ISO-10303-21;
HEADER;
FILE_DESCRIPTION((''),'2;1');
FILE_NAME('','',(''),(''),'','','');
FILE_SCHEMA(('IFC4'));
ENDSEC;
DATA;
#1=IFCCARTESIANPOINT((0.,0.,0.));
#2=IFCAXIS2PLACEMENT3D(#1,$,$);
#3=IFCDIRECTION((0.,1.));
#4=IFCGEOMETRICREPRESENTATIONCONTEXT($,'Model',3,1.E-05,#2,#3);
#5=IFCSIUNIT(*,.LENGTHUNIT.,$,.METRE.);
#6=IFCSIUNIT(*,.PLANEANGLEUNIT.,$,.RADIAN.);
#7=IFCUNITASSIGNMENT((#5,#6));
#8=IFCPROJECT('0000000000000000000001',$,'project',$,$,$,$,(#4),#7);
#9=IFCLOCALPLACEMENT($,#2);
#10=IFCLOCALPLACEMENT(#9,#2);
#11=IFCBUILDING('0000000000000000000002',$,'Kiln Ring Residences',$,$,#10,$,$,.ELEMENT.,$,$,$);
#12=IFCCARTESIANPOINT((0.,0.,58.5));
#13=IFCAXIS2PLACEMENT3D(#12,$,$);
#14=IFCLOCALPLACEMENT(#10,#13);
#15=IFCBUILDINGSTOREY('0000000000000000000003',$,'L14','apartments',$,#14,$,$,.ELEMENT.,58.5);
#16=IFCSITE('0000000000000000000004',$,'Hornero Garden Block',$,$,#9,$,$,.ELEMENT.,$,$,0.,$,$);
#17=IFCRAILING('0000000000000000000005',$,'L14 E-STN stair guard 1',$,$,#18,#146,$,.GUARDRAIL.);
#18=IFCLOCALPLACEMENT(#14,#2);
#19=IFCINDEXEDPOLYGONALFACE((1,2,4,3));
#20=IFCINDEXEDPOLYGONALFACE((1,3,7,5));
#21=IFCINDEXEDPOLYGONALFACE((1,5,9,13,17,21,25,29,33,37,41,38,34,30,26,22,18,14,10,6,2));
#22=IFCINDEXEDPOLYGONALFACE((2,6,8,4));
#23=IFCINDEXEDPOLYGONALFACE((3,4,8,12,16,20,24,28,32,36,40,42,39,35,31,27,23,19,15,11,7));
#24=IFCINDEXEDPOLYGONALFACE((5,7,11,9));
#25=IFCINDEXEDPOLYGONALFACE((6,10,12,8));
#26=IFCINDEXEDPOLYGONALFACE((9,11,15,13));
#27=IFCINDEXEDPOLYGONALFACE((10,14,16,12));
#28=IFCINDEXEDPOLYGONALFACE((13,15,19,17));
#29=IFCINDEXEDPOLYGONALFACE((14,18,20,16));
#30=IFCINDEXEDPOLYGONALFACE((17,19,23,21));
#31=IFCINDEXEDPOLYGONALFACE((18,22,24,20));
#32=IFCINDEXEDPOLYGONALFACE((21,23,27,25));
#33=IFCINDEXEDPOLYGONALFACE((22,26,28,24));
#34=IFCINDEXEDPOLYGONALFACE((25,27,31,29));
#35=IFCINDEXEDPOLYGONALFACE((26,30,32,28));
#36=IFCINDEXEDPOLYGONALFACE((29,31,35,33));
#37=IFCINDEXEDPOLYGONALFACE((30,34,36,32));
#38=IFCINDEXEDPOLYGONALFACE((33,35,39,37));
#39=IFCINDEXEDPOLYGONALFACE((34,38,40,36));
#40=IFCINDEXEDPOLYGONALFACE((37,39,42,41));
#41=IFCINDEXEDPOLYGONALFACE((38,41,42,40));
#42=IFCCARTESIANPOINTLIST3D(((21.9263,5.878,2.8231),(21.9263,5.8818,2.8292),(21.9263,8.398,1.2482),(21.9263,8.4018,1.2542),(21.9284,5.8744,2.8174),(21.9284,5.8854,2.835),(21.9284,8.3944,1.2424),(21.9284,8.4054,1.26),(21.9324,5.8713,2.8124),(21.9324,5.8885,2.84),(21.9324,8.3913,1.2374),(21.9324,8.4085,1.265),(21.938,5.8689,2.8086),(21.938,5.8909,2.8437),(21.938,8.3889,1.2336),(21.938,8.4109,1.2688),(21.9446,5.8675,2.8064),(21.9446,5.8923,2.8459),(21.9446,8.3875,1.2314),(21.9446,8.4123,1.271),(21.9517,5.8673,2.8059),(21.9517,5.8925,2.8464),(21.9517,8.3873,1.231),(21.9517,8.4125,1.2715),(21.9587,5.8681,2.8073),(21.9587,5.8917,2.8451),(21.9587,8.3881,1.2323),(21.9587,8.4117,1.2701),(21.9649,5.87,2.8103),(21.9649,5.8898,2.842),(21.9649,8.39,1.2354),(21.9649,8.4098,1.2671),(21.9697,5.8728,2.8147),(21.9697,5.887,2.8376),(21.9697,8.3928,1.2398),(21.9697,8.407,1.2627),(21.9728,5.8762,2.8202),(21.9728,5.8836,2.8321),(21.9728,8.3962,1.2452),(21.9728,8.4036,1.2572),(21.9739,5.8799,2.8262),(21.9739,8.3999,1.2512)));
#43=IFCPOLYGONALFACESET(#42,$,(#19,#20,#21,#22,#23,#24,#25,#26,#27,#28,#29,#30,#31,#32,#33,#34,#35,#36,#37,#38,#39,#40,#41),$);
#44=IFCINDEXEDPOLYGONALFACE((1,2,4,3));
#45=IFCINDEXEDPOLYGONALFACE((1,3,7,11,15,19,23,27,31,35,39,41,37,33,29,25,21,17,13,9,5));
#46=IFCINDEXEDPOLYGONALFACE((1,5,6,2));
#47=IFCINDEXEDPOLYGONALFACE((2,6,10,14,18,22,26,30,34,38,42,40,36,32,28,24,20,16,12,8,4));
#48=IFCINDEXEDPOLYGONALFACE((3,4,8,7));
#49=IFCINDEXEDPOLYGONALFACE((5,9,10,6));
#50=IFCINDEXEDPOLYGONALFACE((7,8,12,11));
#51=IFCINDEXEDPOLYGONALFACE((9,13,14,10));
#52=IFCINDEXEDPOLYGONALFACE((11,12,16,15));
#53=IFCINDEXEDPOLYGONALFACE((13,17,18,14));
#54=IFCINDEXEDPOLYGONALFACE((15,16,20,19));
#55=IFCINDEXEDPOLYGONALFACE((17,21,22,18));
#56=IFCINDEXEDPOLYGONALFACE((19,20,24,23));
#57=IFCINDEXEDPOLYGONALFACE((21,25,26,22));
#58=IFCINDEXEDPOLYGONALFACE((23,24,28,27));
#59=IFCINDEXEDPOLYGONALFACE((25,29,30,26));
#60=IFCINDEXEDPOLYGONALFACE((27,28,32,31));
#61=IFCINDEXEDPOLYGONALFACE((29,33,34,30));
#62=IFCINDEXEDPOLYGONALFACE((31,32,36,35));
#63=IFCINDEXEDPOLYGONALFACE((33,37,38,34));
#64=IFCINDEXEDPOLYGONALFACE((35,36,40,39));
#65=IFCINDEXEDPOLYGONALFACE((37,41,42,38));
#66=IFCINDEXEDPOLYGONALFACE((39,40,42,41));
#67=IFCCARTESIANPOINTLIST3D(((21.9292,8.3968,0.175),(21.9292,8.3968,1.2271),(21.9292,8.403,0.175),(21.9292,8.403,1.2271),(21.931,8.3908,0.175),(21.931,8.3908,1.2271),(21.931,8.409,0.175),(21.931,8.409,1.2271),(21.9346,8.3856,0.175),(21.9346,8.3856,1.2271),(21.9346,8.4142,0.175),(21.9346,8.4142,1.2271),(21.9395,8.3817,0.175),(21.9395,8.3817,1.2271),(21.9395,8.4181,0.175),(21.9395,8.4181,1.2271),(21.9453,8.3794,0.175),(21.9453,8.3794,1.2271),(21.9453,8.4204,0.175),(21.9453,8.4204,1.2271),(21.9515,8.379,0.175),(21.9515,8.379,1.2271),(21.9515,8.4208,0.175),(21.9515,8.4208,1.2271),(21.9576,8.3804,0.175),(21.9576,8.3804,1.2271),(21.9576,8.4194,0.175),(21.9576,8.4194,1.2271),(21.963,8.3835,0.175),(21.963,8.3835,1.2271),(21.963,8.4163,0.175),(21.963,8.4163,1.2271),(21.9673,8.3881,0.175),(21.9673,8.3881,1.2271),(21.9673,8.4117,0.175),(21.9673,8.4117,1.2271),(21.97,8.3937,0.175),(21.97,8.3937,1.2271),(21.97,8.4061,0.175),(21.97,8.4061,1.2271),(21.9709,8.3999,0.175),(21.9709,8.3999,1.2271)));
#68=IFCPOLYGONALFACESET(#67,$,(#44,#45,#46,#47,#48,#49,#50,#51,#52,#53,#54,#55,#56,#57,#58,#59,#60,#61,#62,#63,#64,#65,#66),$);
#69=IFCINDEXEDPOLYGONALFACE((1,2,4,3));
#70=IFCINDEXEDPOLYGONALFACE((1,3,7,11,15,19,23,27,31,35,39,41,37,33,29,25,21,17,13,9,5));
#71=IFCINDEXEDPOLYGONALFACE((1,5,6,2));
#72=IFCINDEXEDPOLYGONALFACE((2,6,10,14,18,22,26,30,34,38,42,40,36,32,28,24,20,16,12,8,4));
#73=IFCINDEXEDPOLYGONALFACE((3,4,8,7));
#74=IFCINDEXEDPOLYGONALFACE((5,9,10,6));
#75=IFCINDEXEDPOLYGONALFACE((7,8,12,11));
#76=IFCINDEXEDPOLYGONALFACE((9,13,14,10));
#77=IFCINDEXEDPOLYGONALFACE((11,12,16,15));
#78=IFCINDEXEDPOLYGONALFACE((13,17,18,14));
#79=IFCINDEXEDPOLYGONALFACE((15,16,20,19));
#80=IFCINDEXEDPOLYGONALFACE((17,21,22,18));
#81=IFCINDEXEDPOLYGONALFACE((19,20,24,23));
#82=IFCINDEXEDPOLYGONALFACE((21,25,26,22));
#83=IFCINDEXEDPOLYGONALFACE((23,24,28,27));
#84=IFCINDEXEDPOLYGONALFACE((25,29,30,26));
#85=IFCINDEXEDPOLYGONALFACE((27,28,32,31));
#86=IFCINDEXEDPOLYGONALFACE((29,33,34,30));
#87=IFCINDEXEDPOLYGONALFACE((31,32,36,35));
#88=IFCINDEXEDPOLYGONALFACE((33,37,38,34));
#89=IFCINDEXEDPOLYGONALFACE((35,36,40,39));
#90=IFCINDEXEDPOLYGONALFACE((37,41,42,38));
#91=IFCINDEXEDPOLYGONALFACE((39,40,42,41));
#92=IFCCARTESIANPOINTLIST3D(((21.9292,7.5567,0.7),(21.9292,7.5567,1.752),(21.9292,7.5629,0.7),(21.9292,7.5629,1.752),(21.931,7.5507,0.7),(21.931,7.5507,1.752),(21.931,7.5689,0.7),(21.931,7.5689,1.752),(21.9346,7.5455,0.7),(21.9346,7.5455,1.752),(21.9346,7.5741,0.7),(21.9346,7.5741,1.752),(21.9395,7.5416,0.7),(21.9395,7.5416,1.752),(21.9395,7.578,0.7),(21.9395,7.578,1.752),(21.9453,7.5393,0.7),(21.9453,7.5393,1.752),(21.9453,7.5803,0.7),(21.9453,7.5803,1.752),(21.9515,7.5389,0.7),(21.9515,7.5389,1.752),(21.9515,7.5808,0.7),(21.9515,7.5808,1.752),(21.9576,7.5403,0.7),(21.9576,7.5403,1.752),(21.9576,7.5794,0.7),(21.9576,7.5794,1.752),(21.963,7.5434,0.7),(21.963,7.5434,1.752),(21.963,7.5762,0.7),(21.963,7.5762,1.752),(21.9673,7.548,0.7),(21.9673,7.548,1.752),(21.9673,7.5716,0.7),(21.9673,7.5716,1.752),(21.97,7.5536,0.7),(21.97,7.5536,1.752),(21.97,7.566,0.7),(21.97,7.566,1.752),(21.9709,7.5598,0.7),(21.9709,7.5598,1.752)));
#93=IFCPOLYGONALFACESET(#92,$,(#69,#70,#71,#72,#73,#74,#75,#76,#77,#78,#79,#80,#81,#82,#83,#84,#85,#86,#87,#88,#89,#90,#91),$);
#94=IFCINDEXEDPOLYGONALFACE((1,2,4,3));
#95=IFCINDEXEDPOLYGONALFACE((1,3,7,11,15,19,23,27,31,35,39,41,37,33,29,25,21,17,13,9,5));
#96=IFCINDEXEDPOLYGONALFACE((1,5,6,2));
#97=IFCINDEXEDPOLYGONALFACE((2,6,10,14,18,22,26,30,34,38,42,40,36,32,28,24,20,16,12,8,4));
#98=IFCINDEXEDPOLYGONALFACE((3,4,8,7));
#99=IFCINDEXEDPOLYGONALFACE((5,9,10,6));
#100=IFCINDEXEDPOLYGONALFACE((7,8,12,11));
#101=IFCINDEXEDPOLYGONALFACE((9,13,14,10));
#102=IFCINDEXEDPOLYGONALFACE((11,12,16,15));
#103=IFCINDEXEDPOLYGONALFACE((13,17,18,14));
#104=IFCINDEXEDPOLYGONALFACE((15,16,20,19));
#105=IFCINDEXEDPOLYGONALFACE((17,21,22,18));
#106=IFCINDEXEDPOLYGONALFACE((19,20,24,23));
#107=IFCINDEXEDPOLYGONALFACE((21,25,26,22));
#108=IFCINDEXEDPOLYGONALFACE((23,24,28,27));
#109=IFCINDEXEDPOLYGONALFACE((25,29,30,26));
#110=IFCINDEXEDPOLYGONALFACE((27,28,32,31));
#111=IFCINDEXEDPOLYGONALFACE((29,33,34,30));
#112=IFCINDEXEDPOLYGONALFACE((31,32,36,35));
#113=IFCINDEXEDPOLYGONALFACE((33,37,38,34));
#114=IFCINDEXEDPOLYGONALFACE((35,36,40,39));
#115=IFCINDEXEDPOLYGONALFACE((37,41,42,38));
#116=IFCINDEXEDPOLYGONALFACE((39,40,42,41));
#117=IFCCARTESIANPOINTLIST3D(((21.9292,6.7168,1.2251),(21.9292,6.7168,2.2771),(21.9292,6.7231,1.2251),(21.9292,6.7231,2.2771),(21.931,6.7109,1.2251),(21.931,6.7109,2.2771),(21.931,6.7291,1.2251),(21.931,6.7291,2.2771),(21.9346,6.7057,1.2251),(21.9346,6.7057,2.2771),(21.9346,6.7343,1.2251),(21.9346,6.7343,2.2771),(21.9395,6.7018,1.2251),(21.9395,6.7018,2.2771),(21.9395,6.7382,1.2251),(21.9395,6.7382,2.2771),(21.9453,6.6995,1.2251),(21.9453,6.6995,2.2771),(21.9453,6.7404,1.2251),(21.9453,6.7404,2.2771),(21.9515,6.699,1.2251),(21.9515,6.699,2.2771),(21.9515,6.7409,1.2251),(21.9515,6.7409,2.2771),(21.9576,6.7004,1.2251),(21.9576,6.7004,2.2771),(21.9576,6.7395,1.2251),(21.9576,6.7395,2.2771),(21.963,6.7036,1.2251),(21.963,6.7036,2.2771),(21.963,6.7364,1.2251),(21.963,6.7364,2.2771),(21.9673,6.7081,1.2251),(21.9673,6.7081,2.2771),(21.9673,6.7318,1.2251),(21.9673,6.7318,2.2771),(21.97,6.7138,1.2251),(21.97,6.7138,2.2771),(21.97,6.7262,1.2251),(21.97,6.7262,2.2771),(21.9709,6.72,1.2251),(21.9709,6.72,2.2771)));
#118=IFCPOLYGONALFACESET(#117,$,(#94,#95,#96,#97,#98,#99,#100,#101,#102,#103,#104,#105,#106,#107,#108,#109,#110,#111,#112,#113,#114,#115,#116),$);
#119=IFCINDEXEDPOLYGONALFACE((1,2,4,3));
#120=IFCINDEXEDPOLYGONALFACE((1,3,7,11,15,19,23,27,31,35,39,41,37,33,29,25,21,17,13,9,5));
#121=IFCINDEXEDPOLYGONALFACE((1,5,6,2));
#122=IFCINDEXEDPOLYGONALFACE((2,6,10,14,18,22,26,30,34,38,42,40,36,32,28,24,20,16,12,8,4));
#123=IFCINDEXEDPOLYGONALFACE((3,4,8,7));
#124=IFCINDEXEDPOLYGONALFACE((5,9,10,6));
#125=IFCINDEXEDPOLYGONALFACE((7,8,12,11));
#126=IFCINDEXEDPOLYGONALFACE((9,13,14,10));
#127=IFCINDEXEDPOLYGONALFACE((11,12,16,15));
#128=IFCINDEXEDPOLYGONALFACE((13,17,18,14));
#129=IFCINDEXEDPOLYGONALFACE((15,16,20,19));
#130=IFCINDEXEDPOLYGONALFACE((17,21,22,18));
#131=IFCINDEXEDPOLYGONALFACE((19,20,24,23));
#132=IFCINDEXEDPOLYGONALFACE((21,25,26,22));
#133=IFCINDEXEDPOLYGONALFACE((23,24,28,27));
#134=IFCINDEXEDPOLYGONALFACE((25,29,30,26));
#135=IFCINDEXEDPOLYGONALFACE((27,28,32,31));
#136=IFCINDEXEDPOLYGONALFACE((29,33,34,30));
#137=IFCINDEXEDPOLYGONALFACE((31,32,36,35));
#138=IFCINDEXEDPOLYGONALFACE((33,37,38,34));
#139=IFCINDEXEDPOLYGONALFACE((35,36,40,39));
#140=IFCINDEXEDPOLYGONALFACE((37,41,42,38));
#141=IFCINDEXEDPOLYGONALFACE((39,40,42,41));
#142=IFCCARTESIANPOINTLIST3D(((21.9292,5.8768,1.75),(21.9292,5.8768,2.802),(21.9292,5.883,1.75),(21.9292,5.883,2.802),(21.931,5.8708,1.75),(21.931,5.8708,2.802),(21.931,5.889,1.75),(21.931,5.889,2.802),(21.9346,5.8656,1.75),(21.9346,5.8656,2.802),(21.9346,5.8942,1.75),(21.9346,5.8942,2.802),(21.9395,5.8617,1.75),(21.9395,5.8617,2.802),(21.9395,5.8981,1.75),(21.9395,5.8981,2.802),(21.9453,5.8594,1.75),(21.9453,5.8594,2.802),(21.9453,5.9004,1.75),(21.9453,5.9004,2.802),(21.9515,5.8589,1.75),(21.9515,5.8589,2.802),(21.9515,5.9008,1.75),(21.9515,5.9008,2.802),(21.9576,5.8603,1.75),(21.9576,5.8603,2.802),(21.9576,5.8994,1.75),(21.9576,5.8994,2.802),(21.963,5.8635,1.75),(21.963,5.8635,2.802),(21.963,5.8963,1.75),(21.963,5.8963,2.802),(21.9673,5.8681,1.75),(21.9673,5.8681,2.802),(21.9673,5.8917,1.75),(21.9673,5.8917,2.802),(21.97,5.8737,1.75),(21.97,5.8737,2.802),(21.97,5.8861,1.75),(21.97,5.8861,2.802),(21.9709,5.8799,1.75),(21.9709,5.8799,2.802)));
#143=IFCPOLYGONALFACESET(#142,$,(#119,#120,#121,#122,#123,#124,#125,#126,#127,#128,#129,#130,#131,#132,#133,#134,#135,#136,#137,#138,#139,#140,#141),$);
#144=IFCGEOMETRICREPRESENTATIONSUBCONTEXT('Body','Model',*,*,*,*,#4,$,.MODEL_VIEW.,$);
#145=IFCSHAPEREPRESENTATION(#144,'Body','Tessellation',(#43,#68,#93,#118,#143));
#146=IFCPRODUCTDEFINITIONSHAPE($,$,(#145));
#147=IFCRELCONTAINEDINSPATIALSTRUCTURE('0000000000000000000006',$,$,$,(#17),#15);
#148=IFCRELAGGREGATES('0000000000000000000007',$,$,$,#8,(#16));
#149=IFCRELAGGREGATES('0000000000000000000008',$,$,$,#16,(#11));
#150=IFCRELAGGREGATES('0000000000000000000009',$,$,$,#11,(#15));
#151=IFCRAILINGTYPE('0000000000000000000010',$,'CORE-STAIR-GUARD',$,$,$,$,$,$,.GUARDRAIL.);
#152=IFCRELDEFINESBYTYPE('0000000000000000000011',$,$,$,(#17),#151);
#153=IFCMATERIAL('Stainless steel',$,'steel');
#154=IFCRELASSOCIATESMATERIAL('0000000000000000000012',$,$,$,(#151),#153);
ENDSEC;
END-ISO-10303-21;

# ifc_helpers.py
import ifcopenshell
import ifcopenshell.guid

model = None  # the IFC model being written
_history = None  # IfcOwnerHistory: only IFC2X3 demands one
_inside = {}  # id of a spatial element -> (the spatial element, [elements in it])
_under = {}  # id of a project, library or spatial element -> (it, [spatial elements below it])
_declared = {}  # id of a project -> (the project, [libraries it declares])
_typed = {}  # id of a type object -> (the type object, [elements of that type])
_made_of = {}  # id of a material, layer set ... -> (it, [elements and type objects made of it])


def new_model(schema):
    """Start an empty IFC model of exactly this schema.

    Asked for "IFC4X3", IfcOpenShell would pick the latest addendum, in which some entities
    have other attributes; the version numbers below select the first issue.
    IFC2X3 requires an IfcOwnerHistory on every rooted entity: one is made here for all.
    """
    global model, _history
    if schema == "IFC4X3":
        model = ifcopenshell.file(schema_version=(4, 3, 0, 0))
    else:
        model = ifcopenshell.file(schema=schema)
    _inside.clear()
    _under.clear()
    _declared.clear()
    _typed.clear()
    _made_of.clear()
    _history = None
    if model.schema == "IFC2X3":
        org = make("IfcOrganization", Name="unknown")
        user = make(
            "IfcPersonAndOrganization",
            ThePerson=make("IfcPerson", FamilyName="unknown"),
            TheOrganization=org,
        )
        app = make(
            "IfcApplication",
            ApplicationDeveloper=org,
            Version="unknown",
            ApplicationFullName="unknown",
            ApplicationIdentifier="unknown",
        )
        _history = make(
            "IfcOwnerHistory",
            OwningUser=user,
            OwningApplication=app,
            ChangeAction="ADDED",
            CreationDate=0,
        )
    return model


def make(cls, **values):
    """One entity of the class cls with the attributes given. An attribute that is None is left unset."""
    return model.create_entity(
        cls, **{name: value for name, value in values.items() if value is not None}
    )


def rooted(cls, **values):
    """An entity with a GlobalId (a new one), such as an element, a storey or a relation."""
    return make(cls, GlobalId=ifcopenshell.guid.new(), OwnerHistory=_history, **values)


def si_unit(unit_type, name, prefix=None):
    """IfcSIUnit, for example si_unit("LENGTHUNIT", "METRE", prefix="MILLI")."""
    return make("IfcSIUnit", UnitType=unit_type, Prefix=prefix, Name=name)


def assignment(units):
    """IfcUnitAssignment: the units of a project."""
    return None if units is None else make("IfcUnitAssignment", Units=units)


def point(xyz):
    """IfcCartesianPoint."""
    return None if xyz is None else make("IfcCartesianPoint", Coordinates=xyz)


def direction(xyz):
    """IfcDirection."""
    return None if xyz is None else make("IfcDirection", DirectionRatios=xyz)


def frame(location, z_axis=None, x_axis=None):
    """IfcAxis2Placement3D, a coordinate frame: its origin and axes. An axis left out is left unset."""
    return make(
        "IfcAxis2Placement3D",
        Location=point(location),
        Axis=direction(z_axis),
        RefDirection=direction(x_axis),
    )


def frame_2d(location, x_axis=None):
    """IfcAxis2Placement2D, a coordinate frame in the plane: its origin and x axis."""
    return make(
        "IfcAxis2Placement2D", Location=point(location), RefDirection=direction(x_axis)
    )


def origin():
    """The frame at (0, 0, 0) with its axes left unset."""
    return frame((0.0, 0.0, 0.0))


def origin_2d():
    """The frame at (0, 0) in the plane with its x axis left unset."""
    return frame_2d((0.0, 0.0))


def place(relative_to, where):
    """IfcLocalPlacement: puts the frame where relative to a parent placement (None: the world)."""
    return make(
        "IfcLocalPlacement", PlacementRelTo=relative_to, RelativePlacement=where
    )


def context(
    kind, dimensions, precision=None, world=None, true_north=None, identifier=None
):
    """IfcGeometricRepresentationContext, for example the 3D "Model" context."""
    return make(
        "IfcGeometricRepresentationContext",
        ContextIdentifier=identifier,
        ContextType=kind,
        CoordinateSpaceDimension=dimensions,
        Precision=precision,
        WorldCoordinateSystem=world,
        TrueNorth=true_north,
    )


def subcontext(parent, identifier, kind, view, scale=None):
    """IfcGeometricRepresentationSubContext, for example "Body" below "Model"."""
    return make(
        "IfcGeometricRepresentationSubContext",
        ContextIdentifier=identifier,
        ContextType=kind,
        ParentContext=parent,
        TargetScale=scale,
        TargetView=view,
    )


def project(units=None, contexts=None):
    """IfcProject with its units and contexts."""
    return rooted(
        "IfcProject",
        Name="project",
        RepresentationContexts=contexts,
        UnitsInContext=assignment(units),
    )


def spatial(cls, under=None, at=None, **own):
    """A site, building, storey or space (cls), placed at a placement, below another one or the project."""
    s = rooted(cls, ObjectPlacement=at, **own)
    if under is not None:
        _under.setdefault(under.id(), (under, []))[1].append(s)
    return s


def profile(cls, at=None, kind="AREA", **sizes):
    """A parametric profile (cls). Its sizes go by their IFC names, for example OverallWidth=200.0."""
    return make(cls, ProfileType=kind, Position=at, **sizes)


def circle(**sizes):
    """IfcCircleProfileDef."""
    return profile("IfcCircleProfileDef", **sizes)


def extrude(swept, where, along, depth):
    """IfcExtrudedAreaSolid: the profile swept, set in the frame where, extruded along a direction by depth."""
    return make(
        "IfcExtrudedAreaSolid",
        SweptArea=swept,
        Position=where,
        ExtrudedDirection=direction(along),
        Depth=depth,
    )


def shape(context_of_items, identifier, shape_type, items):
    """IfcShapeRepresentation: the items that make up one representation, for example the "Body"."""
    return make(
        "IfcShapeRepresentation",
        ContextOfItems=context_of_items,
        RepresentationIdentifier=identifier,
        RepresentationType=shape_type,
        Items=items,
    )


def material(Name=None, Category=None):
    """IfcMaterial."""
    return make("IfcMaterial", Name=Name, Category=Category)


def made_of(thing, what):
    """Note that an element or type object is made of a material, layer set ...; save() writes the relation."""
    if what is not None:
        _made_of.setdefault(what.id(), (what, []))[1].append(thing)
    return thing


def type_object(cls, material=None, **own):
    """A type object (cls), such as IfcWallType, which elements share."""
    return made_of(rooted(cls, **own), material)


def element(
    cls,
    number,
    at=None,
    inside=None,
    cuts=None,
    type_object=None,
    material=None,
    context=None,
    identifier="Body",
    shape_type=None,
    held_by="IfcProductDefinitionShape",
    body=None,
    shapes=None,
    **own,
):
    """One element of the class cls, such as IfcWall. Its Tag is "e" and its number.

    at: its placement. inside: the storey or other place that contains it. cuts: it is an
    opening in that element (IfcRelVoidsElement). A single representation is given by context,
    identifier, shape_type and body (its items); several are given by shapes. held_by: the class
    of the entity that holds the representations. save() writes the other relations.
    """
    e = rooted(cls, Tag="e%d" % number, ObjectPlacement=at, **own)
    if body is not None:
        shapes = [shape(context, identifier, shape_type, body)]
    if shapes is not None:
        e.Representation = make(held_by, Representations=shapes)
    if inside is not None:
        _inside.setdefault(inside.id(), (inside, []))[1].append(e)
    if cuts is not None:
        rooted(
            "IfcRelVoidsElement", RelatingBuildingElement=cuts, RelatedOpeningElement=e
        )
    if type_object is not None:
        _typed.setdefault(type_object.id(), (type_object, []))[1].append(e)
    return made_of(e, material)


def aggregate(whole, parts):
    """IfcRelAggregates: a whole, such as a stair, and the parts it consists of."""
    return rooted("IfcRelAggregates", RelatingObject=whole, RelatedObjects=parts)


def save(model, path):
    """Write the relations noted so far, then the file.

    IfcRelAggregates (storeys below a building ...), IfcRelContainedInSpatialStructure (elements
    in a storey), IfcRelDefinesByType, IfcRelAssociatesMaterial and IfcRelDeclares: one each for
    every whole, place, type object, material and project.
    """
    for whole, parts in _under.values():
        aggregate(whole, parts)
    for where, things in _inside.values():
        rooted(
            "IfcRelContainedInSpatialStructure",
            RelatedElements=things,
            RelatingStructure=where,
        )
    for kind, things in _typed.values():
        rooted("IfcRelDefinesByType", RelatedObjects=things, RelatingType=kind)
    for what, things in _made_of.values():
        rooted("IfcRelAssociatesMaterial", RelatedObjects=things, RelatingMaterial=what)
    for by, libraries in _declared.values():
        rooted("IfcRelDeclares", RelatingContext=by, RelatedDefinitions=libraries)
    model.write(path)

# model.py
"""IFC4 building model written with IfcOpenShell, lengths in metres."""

from ifc_helpers import new_model, si_unit, direction, frame, origin, origin_2d, place, context, subcontext, project, spatial, circle, extrude, material, type_object, element, save


model = new_model("IFC4")

# Units and contexts
model_context = context("Model", 3, precision=1e-05, world=origin(), true_north=direction((0.0, 1.0)))
body_context = subcontext(model_context, "Body", "Model", "MODEL_VIEW")
ifc_project = project(units=[si_unit("LENGTHUNIT", "METRE"), si_unit("PLANEANGLEUNIT", "RADIAN")], contexts=[model_context])

# Site, building, storey
site_placement = place(None, origin())
site = spatial("IfcSite", under=ifc_project, at=site_placement, Name="Hornero Garden Block", CompositionType="ELEMENT", RefElevation=0.0)
building_placement = place(site_placement, origin())
building = spatial("IfcBuilding", under=site, at=building_placement, Name="Kiln Ring Residences", CompositionType="ELEMENT")
storey_placement = place(building_placement, frame((0.0, 0.0, 58.5)))
storey = spatial("IfcBuildingStorey", under=building, at=storey_placement, Name="L14", Description="apartments", CompositionType="ELEMENT", Elevation=58.5)

# Railing
ifc_material_1 = material(Name="Stainless steel", Category="steel")
railing_type_1 = type_object("IfcRailingType", Name="CORE-STAIR-GUARD", PredefinedType="GUARDRAIL", material=ifc_material_1)
railing_1_placement = place(storey_placement, frame((21.95, 8.3999, 0.175)))
element("IfcRailing", 1, at=railing_1_placement, inside=storey, type_object=railing_type_1, Name="L14 E-STN stair guard 1", PredefinedType="GUARDRAIL", context=body_context, shape_type="SweptSolid", body=[
    extrude(circle(Radius=0.0239, at=origin_2d()), frame((0.0, 0.0, 1.0762), z_axis=(0.0, -0.848008, 0.529984), x_axis=(1.0, 0.0, 0.0)), (0.0, 0.0, 1.0), 2.9717),
    extrude(circle(Radius=0.021, at=origin_2d()), origin(), (0.0, 0.0, 1.0), 1.052),
    extrude(circle(Radius=0.021, at=origin_2d()), frame((0.0, -0.8401, 0.5249)), (0.0, 0.0, 1.0), 1.052),
    extrude(circle(Radius=0.021, at=origin_2d()), frame((0.0, -1.6799, 1.05)), (0.0, 0.0, 1.0), 1.052),
    extrude(circle(Radius=0.021, at=origin_2d()), frame((0.0, -2.52, 1.575)), (0.0, 0.0, 1.0), 1.052),
])

save(model, "model.ifc")
